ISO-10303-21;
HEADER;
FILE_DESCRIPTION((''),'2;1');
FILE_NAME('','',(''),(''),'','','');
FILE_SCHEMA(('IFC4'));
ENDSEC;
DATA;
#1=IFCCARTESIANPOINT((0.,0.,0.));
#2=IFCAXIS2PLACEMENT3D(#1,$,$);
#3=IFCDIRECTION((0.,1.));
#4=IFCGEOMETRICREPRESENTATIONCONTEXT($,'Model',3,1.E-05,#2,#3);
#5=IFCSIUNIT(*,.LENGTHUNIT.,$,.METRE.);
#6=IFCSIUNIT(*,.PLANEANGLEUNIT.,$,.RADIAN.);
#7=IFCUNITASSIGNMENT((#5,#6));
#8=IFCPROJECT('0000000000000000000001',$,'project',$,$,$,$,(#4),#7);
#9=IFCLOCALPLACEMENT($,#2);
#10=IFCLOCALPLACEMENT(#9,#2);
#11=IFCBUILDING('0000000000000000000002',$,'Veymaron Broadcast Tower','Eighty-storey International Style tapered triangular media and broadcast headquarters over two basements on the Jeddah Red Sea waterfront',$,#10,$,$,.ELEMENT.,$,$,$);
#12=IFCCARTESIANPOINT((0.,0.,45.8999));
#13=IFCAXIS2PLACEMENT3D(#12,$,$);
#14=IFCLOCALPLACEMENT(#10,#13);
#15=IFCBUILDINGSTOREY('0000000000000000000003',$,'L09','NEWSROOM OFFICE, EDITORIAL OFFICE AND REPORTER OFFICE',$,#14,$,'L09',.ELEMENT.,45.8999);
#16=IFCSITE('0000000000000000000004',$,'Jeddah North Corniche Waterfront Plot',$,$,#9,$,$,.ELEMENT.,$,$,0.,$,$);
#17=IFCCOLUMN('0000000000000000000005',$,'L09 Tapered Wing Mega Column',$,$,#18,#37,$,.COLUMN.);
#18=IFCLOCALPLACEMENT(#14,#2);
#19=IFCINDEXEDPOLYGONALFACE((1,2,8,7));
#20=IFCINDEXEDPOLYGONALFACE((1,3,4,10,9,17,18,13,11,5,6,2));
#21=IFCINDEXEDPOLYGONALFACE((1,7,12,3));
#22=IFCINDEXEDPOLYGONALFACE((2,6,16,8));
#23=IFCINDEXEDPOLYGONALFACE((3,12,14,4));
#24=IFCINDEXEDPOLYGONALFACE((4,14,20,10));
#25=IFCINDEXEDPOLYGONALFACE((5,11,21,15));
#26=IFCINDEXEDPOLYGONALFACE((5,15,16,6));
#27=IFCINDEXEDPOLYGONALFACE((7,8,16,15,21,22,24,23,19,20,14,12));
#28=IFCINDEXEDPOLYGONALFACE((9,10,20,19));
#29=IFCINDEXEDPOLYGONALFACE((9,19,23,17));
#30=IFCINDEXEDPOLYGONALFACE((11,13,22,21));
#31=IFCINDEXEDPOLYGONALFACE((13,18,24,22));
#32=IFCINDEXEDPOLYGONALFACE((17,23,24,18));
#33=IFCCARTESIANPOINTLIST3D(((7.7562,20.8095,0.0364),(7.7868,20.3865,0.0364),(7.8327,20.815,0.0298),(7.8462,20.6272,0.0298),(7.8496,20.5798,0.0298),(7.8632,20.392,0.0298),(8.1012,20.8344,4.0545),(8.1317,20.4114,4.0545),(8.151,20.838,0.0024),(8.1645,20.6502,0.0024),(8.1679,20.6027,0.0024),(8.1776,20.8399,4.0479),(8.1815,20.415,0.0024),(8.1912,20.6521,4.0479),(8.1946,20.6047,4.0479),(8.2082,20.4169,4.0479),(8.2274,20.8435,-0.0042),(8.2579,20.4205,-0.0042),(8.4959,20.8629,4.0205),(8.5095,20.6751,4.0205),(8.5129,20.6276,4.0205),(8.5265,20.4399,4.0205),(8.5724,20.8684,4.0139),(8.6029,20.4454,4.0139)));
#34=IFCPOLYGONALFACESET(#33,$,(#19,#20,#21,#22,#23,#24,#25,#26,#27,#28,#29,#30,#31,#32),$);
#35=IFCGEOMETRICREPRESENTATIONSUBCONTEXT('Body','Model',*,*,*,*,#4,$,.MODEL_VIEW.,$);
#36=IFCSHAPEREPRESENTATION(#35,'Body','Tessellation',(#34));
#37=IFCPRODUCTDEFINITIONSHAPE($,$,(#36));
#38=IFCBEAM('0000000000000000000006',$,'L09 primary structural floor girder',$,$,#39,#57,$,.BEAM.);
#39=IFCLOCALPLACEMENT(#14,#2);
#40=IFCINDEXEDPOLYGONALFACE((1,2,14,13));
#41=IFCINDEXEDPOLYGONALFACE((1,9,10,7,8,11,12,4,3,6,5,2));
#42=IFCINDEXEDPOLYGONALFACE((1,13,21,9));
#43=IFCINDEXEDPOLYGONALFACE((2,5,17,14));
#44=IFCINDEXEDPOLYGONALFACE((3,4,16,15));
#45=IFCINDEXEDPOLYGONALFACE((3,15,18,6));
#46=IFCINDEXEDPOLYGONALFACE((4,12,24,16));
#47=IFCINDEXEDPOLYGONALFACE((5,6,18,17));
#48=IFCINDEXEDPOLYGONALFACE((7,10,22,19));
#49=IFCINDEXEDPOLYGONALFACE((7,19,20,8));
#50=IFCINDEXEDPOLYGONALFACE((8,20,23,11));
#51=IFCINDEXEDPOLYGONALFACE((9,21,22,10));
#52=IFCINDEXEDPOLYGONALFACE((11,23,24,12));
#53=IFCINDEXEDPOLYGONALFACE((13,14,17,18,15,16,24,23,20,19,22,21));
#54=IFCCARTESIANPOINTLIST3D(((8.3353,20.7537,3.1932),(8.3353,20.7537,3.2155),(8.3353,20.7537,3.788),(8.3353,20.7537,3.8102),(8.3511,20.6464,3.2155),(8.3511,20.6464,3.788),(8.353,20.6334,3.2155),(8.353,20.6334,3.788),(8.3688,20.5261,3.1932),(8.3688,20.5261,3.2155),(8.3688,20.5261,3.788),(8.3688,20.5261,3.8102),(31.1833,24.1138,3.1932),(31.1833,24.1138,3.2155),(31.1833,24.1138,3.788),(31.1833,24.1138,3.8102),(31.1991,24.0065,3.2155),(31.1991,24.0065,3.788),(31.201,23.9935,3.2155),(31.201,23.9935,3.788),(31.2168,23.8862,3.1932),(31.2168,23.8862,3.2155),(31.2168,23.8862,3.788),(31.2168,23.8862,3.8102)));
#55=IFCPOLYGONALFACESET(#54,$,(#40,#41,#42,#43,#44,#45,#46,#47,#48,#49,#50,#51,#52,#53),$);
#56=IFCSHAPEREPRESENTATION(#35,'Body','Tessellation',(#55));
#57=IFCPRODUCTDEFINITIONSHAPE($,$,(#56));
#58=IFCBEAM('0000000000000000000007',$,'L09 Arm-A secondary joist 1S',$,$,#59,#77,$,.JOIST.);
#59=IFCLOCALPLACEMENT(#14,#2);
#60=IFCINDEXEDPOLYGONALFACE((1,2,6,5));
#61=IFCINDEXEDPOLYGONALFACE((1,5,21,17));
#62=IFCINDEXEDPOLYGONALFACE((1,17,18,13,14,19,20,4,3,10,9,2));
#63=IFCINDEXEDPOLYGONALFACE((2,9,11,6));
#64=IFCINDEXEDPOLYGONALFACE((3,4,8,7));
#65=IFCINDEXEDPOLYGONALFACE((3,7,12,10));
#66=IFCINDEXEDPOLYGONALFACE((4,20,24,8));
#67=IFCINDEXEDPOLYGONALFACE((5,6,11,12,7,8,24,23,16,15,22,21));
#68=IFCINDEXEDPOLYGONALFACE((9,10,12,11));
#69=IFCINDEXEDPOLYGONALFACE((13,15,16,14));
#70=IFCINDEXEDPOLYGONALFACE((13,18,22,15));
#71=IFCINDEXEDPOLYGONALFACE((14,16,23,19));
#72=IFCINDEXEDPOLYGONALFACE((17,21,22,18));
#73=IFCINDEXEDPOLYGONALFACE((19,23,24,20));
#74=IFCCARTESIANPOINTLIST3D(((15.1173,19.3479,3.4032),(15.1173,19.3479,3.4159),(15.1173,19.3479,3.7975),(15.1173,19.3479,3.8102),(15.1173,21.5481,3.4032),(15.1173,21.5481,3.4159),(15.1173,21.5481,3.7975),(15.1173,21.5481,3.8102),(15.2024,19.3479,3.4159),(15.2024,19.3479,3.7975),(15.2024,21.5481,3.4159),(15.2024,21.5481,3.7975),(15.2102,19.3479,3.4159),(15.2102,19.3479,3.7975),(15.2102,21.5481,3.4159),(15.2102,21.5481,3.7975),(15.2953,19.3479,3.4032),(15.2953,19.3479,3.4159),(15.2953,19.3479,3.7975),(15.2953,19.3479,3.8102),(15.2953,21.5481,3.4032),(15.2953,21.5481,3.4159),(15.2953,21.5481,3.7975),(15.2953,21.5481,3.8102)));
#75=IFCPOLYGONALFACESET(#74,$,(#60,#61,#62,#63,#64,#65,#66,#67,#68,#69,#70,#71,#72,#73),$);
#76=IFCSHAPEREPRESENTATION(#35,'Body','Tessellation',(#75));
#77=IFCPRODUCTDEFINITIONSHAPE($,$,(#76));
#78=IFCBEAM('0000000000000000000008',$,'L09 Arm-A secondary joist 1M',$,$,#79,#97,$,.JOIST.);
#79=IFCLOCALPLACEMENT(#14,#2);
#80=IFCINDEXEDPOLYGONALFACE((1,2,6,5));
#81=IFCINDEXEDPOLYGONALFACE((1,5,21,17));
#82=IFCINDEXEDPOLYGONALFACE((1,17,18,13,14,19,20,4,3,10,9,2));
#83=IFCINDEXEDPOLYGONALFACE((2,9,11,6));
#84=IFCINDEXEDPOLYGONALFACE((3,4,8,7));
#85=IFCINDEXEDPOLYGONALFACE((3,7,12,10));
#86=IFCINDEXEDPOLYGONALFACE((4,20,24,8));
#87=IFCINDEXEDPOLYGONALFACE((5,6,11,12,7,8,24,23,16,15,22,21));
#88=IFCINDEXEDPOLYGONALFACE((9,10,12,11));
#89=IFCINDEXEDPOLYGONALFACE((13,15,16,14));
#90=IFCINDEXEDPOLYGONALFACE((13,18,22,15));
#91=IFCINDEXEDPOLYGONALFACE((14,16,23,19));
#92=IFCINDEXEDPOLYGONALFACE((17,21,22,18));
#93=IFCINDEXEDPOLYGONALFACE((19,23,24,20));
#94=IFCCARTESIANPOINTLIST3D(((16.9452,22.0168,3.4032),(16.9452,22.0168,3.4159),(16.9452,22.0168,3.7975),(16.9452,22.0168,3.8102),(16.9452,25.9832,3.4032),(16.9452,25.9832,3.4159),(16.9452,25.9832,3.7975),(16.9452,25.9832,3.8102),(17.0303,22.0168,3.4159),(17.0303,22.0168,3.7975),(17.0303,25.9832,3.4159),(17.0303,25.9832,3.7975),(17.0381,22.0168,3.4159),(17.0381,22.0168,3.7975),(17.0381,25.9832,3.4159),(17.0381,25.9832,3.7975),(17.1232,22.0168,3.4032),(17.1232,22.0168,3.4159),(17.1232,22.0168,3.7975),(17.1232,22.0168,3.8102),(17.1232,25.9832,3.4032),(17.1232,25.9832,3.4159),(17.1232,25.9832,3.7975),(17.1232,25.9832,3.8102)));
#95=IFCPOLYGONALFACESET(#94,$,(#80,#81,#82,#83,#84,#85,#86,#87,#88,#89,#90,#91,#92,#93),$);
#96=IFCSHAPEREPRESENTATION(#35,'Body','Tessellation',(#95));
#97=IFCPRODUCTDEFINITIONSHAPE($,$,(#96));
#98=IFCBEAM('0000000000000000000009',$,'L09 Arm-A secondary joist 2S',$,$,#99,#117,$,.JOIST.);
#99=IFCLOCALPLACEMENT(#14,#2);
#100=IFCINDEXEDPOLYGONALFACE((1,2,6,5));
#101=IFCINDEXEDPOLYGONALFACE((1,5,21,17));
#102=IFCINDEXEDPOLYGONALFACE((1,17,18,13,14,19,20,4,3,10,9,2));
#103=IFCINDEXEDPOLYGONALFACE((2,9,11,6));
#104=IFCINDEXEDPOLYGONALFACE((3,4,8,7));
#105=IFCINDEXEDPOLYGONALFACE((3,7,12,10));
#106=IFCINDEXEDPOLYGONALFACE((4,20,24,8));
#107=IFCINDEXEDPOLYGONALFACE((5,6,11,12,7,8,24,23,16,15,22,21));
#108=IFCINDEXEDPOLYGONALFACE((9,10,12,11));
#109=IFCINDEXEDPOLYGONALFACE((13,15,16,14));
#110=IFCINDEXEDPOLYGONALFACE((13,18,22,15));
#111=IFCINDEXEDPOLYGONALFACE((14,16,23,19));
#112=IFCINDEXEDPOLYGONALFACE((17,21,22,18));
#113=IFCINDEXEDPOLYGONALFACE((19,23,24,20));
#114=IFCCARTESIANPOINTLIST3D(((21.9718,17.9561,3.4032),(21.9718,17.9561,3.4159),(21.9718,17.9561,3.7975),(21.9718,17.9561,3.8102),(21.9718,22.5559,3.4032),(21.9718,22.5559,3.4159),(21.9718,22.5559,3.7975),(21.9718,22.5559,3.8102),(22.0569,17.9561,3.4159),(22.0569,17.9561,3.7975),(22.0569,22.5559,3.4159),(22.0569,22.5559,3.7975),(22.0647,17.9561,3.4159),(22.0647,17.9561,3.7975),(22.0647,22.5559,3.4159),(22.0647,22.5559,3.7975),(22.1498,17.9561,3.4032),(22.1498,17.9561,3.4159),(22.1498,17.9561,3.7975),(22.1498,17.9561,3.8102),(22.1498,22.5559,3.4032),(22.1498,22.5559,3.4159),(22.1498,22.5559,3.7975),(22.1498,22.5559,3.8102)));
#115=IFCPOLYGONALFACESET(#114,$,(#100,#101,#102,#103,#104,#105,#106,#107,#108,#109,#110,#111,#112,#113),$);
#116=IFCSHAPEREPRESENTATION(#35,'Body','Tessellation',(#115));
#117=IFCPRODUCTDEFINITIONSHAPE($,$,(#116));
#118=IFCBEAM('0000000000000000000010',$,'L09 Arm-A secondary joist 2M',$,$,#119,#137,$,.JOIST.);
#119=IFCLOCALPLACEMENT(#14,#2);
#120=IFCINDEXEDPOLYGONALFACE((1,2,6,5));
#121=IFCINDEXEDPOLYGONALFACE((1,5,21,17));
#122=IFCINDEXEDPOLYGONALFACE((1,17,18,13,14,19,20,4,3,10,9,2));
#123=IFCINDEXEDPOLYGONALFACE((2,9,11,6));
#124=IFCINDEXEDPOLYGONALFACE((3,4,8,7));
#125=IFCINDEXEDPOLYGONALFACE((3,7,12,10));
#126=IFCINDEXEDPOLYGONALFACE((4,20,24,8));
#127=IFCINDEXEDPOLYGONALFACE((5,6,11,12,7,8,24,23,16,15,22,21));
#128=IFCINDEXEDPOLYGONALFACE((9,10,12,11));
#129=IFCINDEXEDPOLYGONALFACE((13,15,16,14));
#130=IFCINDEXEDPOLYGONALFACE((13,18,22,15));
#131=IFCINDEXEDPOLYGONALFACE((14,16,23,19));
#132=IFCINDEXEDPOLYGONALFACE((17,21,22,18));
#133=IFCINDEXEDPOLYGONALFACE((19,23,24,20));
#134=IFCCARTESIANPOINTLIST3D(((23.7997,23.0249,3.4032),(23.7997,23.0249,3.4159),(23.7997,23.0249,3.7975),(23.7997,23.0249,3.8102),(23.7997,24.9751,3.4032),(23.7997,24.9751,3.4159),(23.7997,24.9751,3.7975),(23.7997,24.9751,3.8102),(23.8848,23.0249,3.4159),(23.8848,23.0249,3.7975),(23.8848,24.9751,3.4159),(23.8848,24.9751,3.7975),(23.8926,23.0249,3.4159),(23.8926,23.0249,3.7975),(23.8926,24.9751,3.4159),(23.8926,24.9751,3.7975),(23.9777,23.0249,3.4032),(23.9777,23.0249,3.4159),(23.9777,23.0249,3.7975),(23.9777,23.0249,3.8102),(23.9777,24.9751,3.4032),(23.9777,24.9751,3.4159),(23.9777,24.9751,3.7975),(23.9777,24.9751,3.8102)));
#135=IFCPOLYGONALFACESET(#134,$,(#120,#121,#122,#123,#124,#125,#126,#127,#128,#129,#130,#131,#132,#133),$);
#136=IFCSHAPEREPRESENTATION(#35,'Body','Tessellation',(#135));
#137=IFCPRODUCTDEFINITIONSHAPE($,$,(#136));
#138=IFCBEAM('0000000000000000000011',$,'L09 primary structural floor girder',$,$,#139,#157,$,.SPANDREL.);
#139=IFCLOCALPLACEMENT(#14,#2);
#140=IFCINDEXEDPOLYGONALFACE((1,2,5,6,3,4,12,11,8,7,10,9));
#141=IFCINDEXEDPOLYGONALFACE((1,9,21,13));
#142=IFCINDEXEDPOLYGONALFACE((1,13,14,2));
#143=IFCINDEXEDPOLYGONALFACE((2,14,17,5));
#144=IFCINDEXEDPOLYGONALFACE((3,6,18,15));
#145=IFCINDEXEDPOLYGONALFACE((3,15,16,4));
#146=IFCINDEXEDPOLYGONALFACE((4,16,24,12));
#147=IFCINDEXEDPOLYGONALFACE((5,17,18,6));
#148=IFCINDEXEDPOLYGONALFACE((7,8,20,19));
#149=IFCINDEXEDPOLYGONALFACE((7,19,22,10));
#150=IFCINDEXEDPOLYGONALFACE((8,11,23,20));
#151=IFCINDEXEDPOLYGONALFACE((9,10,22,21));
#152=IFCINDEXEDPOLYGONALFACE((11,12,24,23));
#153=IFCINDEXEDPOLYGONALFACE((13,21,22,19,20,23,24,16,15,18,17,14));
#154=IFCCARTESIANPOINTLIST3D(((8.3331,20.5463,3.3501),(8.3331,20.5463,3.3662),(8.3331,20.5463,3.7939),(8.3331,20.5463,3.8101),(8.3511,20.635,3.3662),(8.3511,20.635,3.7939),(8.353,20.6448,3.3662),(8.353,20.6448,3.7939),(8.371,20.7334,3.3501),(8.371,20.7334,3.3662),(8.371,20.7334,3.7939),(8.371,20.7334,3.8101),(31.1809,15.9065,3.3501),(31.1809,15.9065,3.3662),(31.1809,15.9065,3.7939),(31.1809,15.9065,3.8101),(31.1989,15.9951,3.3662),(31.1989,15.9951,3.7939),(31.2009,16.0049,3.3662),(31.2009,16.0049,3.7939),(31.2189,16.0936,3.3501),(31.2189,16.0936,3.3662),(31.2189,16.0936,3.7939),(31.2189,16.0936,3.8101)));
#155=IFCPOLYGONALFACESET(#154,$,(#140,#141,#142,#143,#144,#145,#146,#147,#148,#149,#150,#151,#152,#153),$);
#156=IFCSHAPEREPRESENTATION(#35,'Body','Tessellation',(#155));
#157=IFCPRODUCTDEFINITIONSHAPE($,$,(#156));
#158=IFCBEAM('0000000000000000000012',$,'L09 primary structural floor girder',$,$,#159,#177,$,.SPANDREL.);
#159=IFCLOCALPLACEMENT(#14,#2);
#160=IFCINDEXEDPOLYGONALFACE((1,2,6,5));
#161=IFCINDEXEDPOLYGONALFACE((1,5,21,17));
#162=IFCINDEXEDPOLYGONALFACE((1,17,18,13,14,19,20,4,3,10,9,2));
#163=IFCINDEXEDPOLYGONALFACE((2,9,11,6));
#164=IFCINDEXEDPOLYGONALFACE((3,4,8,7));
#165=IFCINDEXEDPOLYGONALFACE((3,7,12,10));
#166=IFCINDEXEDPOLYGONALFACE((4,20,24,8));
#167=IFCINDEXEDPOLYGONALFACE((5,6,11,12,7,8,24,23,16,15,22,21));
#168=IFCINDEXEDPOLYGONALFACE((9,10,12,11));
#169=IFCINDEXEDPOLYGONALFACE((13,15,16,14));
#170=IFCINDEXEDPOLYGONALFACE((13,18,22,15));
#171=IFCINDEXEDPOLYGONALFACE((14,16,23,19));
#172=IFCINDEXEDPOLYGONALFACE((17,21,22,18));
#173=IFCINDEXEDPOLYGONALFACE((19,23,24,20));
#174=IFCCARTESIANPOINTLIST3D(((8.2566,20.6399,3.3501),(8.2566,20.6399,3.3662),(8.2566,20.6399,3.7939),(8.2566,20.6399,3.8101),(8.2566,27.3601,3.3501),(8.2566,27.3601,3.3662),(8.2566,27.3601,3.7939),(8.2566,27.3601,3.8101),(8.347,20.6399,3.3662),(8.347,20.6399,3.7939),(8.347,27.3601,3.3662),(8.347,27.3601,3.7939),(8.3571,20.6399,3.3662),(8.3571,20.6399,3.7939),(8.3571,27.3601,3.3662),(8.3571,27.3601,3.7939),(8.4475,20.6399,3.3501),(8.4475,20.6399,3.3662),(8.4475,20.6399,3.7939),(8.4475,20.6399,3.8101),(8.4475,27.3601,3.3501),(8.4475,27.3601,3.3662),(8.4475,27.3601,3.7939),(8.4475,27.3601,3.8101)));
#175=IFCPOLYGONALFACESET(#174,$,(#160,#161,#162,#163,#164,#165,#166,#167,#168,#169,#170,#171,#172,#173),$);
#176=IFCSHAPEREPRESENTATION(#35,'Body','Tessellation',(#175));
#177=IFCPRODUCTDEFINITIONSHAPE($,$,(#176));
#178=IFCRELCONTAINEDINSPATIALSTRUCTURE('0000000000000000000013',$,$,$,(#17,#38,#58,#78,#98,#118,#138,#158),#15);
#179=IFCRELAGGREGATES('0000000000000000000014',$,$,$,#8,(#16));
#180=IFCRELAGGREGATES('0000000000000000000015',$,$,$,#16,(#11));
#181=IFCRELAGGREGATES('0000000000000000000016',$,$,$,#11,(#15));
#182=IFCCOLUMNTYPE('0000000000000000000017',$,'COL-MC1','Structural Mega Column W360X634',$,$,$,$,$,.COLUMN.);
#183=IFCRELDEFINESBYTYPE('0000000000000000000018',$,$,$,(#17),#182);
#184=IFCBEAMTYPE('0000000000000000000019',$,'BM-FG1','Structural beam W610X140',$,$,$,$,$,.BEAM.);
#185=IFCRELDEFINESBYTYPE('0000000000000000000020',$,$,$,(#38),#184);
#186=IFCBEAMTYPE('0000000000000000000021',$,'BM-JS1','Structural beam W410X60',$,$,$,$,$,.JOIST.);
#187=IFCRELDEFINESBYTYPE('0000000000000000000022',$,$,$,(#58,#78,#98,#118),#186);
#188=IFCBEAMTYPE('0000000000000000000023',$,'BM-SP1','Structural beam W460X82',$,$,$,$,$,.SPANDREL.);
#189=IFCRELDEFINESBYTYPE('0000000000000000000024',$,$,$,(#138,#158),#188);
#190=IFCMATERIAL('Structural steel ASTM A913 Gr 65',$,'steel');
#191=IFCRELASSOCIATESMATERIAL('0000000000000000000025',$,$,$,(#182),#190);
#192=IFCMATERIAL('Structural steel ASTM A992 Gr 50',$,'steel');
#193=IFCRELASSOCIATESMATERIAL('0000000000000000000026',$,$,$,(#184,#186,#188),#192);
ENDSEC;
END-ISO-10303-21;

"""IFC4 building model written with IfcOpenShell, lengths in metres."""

from ifc_helpers import new_model, si_unit, direction, frame, origin, origin_2d, place, context, subcontext, project, spatial, i_section, extrude, material, material_profile, profile_set, type_object, element, save


model = new_model("IFC4")

# Units and contexts
model_context = context("Model", 3, precision=1e-05, world=origin(), true_north=direction((0.0, 1.0)))
body_context = subcontext(model_context, "Body", "Model", "MODEL_VIEW")
ifc_project = project(units=[si_unit("LENGTHUNIT", "METRE"), si_unit("PLANEANGLEUNIT", "RADIAN")], contexts=[model_context])

# Site, building, storey
site_placement = place(None, origin())
site = spatial("IfcSite", under=ifc_project, at=site_placement, Name="Jeddah North Corniche Waterfront Plot", CompositionType="ELEMENT", RefElevation=0.0)
building_placement = place(site_placement, origin())
building = spatial("IfcBuilding", under=site, at=building_placement, Name="Veymaron Broadcast Tower", Description="Eighty-storey International Style tapered triangular media and broadcast headquarters over two basements on the Jeddah Red Sea waterfront", CompositionType="ELEMENT")
storey_placement = place(building_placement, frame((0.0, 0.0, 45.8999)))
storey = spatial("IfcBuildingStorey", under=building, at=storey_placement, Name="L09", Description="NEWSROOM OFFICE, EDITORIAL OFFICE AND REPORTER OFFICE", LongName="L09", CompositionType="ELEMENT", Elevation=45.8999)

# Column
ifc_material_1 = material(Name="Structural steel ASTM A913 Gr 65", Category="steel")
ifc_material_profile_1 = material_profile(ifc_material_1, i_section(OverallWidth=0.4241, OverallDepth=0.4741, WebThickness=0.0476, FlangeThickness=0.0769, at=origin_2d()), Name="W360X634")
ifc_profile_set_1 = profile_set([ifc_material_profile_1], Name="Structural steel ASTM A913 Gr 65")
column_type = type_object("IfcColumnType", Name="COL-MC1", Description="Structural Mega Column W360X634", PredefinedType="COLUMN", material=ifc_profile_set_1)
column_placement = place(storey_placement, frame((8.0071, 20.615, 0.0161), z_axis=(0.085539, 0.006175, 0.996316), x_axis=(-0.071999, 0.997405, 0.0)))
element("IfcColumn", 1, at=column_placement, inside=storey, type_object=column_type, Name="L09 Tapered Wing Mega Column", PredefinedType="COLUMN", context=body_context, shape_type="SweptSolid", body=[
    extrude(i_section(OverallWidth=0.4241, OverallDepth=0.4741, WebThickness=0.0476, FlangeThickness=0.0769, at=origin_2d()), origin(), (0.0, 0.0, 1.0), 4.033),
])

# Beams
ifc_material_2 = material(Name="Structural steel ASTM A992 Gr 50", Category="steel")
ifc_material_profile_2 = material_profile(ifc_material_2, i_section(OverallWidth=0.23, OverallDepth=0.6169, WebThickness=0.0132, FlangeThickness=0.0222, at=origin_2d()), Name="W610X140")
ifc_profile_set_2 = profile_set([ifc_material_profile_2], Name="Structural steel ASTM A992 Gr 50")
beam_type_1 = type_object("IfcBeamType", Name="BM-FG1", Description="Structural beam W610X140", PredefinedType="BEAM", material=ifc_profile_set_2)
beam_1_placement = place(storey_placement, frame((8.3521, 20.6399, 3.5017), z_axis=(0.989358, 0.145499, 0.0), x_axis=(-0.145499, 0.989358, 0.0)))
element("IfcBeam", 2, at=beam_1_placement, inside=storey, type_object=beam_type_1, Name="L09 primary structural floor girder", PredefinedType="BEAM", context=body_context, shape_type="SweptSolid", body=[
    extrude(i_section(OverallWidth=0.23, OverallDepth=0.6169, WebThickness=0.0132, FlangeThickness=0.0222, at=origin_2d()), origin(), (0.0, 0.0, 1.0), 23.0938),
])
ifc_material_profile_3 = material_profile(ifc_material_2, i_section(OverallWidth=0.178, OverallDepth=0.407, WebThickness=0.0078, FlangeThickness=0.0127, at=origin_2d()), Name="W410X60")
ifc_profile_set_3 = profile_set([ifc_material_profile_3], Name="Structural steel ASTM A992 Gr 50")
beam_type_2 = type_object("IfcBeamType", Name="BM-JS1", Description="Structural beam W410X60", PredefinedType="JOIST", material=ifc_profile_set_3)
beam_2_placement = place(storey_placement, frame((15.2063, 19.3479, 3.6067), z_axis=(0.0, 1.0, 0.0), x_axis=(-1.0, 0.0, 0.0)))
element("IfcBeam", 3, at=beam_2_placement, inside=storey, type_object=beam_type_2, Name="L09 Arm-A secondary joist 1S", PredefinedType="JOIST", context=body_context, shape_type="SweptSolid", body=[
    extrude(i_section(OverallWidth=0.178, OverallDepth=0.407, WebThickness=0.0078, FlangeThickness=0.0127, at=origin_2d()), origin(), (0.0, 0.0, 1.0), 2.2002),
])
beam_3_placement = place(storey_placement, frame((17.0342, 22.0168, 3.6067), z_axis=(0.0, 1.0, 0.0), x_axis=(-1.0, 0.0, 0.0)))
element("IfcBeam", 4, at=beam_3_placement, inside=storey, type_object=beam_type_2, Name="L09 Arm-A secondary joist 1M", PredefinedType="JOIST", context=body_context, shape_type="SweptSolid", body=[
    extrude(i_section(OverallWidth=0.178, OverallDepth=0.407, WebThickness=0.0078, FlangeThickness=0.0127, at=origin_2d()), origin(), (0.0, 0.0, 1.0), 3.9663),
])
beam_4_placement = place(storey_placement, frame((22.0608, 17.9561, 3.6067), z_axis=(0.0, 1.0, 0.0), x_axis=(-1.0, 0.0, 0.0)))
element("IfcBeam", 5, at=beam_4_placement, inside=storey, type_object=beam_type_2, Name="L09 Arm-A secondary joist 2S", PredefinedType="JOIST", context=body_context, shape_type="SweptSolid", body=[
    extrude(i_section(OverallWidth=0.178, OverallDepth=0.407, WebThickness=0.0078, FlangeThickness=0.0127, at=origin_2d()), origin(), (0.0, 0.0, 1.0), 4.5999),
])
beam_5_placement = place(storey_placement, frame((23.8887, 23.0249, 3.6067), z_axis=(0.0, 1.0, 0.0), x_axis=(-1.0, 0.0, 0.0)))
element("IfcBeam", 6, at=beam_5_placement, inside=storey, type_object=beam_type_2, Name="L09 Arm-A secondary joist 2M", PredefinedType="JOIST", context=body_context, shape_type="SweptSolid", body=[
    extrude(i_section(OverallWidth=0.178, OverallDepth=0.407, WebThickness=0.0078, FlangeThickness=0.0127, at=origin_2d()), origin(), (0.0, 0.0, 1.0), 1.9502),
])
ifc_material_profile_4 = material_profile(ifc_material_2, i_section(OverallWidth=0.1909, OverallDepth=0.46, WebThickness=0.01, FlangeThickness=0.0161, at=origin_2d()), Name="W460X82")
ifc_profile_set_4 = profile_set([ifc_material_profile_4], Name="Structural steel ASTM A992 Gr 50")
beam_type_3 = type_object("IfcBeamType", Name="BM-SP1", Description="Structural beam W460X82", PredefinedType="SPANDREL", material=ifc_profile_set_4)
beam_6_placement = place(storey_placement, frame((8.3521, 20.6399, 3.5801), z_axis=(0.979996, -0.199015, 0.0), x_axis=(0.199015, 0.979996, 0.0)))
element("IfcBeam", 7, at=beam_6_placement, inside=storey, type_object=beam_type_3, Name="L09 primary structural floor girder", PredefinedType="SPANDREL", context=body_context, shape_type="SweptSolid", body=[
    extrude(i_section(OverallWidth=0.1909, OverallDepth=0.46, WebThickness=0.01, FlangeThickness=0.0161, at=origin_2d()), origin(), (0.0, 0.0, 1.0), 23.3142),
])
beam_7_placement = place(storey_placement, frame((8.3521, 20.6399, 3.5801), z_axis=(0.0, 1.0, 0.0), x_axis=(-1.0, 0.0, 0.0)))
element("IfcBeam", 8, at=beam_7_placement, inside=storey, type_object=beam_type_3, Name="L09 primary structural floor girder", PredefinedType="SPANDREL", context=body_context, shape_type="SweptSolid", body=[
    extrude(i_section(OverallWidth=0.1909, OverallDepth=0.46, WebThickness=0.01, FlangeThickness=0.0161, at=origin_2d()), origin(), (0.0, 0.0, 1.0), 6.7202),
])

save(model, "model.ifc")
